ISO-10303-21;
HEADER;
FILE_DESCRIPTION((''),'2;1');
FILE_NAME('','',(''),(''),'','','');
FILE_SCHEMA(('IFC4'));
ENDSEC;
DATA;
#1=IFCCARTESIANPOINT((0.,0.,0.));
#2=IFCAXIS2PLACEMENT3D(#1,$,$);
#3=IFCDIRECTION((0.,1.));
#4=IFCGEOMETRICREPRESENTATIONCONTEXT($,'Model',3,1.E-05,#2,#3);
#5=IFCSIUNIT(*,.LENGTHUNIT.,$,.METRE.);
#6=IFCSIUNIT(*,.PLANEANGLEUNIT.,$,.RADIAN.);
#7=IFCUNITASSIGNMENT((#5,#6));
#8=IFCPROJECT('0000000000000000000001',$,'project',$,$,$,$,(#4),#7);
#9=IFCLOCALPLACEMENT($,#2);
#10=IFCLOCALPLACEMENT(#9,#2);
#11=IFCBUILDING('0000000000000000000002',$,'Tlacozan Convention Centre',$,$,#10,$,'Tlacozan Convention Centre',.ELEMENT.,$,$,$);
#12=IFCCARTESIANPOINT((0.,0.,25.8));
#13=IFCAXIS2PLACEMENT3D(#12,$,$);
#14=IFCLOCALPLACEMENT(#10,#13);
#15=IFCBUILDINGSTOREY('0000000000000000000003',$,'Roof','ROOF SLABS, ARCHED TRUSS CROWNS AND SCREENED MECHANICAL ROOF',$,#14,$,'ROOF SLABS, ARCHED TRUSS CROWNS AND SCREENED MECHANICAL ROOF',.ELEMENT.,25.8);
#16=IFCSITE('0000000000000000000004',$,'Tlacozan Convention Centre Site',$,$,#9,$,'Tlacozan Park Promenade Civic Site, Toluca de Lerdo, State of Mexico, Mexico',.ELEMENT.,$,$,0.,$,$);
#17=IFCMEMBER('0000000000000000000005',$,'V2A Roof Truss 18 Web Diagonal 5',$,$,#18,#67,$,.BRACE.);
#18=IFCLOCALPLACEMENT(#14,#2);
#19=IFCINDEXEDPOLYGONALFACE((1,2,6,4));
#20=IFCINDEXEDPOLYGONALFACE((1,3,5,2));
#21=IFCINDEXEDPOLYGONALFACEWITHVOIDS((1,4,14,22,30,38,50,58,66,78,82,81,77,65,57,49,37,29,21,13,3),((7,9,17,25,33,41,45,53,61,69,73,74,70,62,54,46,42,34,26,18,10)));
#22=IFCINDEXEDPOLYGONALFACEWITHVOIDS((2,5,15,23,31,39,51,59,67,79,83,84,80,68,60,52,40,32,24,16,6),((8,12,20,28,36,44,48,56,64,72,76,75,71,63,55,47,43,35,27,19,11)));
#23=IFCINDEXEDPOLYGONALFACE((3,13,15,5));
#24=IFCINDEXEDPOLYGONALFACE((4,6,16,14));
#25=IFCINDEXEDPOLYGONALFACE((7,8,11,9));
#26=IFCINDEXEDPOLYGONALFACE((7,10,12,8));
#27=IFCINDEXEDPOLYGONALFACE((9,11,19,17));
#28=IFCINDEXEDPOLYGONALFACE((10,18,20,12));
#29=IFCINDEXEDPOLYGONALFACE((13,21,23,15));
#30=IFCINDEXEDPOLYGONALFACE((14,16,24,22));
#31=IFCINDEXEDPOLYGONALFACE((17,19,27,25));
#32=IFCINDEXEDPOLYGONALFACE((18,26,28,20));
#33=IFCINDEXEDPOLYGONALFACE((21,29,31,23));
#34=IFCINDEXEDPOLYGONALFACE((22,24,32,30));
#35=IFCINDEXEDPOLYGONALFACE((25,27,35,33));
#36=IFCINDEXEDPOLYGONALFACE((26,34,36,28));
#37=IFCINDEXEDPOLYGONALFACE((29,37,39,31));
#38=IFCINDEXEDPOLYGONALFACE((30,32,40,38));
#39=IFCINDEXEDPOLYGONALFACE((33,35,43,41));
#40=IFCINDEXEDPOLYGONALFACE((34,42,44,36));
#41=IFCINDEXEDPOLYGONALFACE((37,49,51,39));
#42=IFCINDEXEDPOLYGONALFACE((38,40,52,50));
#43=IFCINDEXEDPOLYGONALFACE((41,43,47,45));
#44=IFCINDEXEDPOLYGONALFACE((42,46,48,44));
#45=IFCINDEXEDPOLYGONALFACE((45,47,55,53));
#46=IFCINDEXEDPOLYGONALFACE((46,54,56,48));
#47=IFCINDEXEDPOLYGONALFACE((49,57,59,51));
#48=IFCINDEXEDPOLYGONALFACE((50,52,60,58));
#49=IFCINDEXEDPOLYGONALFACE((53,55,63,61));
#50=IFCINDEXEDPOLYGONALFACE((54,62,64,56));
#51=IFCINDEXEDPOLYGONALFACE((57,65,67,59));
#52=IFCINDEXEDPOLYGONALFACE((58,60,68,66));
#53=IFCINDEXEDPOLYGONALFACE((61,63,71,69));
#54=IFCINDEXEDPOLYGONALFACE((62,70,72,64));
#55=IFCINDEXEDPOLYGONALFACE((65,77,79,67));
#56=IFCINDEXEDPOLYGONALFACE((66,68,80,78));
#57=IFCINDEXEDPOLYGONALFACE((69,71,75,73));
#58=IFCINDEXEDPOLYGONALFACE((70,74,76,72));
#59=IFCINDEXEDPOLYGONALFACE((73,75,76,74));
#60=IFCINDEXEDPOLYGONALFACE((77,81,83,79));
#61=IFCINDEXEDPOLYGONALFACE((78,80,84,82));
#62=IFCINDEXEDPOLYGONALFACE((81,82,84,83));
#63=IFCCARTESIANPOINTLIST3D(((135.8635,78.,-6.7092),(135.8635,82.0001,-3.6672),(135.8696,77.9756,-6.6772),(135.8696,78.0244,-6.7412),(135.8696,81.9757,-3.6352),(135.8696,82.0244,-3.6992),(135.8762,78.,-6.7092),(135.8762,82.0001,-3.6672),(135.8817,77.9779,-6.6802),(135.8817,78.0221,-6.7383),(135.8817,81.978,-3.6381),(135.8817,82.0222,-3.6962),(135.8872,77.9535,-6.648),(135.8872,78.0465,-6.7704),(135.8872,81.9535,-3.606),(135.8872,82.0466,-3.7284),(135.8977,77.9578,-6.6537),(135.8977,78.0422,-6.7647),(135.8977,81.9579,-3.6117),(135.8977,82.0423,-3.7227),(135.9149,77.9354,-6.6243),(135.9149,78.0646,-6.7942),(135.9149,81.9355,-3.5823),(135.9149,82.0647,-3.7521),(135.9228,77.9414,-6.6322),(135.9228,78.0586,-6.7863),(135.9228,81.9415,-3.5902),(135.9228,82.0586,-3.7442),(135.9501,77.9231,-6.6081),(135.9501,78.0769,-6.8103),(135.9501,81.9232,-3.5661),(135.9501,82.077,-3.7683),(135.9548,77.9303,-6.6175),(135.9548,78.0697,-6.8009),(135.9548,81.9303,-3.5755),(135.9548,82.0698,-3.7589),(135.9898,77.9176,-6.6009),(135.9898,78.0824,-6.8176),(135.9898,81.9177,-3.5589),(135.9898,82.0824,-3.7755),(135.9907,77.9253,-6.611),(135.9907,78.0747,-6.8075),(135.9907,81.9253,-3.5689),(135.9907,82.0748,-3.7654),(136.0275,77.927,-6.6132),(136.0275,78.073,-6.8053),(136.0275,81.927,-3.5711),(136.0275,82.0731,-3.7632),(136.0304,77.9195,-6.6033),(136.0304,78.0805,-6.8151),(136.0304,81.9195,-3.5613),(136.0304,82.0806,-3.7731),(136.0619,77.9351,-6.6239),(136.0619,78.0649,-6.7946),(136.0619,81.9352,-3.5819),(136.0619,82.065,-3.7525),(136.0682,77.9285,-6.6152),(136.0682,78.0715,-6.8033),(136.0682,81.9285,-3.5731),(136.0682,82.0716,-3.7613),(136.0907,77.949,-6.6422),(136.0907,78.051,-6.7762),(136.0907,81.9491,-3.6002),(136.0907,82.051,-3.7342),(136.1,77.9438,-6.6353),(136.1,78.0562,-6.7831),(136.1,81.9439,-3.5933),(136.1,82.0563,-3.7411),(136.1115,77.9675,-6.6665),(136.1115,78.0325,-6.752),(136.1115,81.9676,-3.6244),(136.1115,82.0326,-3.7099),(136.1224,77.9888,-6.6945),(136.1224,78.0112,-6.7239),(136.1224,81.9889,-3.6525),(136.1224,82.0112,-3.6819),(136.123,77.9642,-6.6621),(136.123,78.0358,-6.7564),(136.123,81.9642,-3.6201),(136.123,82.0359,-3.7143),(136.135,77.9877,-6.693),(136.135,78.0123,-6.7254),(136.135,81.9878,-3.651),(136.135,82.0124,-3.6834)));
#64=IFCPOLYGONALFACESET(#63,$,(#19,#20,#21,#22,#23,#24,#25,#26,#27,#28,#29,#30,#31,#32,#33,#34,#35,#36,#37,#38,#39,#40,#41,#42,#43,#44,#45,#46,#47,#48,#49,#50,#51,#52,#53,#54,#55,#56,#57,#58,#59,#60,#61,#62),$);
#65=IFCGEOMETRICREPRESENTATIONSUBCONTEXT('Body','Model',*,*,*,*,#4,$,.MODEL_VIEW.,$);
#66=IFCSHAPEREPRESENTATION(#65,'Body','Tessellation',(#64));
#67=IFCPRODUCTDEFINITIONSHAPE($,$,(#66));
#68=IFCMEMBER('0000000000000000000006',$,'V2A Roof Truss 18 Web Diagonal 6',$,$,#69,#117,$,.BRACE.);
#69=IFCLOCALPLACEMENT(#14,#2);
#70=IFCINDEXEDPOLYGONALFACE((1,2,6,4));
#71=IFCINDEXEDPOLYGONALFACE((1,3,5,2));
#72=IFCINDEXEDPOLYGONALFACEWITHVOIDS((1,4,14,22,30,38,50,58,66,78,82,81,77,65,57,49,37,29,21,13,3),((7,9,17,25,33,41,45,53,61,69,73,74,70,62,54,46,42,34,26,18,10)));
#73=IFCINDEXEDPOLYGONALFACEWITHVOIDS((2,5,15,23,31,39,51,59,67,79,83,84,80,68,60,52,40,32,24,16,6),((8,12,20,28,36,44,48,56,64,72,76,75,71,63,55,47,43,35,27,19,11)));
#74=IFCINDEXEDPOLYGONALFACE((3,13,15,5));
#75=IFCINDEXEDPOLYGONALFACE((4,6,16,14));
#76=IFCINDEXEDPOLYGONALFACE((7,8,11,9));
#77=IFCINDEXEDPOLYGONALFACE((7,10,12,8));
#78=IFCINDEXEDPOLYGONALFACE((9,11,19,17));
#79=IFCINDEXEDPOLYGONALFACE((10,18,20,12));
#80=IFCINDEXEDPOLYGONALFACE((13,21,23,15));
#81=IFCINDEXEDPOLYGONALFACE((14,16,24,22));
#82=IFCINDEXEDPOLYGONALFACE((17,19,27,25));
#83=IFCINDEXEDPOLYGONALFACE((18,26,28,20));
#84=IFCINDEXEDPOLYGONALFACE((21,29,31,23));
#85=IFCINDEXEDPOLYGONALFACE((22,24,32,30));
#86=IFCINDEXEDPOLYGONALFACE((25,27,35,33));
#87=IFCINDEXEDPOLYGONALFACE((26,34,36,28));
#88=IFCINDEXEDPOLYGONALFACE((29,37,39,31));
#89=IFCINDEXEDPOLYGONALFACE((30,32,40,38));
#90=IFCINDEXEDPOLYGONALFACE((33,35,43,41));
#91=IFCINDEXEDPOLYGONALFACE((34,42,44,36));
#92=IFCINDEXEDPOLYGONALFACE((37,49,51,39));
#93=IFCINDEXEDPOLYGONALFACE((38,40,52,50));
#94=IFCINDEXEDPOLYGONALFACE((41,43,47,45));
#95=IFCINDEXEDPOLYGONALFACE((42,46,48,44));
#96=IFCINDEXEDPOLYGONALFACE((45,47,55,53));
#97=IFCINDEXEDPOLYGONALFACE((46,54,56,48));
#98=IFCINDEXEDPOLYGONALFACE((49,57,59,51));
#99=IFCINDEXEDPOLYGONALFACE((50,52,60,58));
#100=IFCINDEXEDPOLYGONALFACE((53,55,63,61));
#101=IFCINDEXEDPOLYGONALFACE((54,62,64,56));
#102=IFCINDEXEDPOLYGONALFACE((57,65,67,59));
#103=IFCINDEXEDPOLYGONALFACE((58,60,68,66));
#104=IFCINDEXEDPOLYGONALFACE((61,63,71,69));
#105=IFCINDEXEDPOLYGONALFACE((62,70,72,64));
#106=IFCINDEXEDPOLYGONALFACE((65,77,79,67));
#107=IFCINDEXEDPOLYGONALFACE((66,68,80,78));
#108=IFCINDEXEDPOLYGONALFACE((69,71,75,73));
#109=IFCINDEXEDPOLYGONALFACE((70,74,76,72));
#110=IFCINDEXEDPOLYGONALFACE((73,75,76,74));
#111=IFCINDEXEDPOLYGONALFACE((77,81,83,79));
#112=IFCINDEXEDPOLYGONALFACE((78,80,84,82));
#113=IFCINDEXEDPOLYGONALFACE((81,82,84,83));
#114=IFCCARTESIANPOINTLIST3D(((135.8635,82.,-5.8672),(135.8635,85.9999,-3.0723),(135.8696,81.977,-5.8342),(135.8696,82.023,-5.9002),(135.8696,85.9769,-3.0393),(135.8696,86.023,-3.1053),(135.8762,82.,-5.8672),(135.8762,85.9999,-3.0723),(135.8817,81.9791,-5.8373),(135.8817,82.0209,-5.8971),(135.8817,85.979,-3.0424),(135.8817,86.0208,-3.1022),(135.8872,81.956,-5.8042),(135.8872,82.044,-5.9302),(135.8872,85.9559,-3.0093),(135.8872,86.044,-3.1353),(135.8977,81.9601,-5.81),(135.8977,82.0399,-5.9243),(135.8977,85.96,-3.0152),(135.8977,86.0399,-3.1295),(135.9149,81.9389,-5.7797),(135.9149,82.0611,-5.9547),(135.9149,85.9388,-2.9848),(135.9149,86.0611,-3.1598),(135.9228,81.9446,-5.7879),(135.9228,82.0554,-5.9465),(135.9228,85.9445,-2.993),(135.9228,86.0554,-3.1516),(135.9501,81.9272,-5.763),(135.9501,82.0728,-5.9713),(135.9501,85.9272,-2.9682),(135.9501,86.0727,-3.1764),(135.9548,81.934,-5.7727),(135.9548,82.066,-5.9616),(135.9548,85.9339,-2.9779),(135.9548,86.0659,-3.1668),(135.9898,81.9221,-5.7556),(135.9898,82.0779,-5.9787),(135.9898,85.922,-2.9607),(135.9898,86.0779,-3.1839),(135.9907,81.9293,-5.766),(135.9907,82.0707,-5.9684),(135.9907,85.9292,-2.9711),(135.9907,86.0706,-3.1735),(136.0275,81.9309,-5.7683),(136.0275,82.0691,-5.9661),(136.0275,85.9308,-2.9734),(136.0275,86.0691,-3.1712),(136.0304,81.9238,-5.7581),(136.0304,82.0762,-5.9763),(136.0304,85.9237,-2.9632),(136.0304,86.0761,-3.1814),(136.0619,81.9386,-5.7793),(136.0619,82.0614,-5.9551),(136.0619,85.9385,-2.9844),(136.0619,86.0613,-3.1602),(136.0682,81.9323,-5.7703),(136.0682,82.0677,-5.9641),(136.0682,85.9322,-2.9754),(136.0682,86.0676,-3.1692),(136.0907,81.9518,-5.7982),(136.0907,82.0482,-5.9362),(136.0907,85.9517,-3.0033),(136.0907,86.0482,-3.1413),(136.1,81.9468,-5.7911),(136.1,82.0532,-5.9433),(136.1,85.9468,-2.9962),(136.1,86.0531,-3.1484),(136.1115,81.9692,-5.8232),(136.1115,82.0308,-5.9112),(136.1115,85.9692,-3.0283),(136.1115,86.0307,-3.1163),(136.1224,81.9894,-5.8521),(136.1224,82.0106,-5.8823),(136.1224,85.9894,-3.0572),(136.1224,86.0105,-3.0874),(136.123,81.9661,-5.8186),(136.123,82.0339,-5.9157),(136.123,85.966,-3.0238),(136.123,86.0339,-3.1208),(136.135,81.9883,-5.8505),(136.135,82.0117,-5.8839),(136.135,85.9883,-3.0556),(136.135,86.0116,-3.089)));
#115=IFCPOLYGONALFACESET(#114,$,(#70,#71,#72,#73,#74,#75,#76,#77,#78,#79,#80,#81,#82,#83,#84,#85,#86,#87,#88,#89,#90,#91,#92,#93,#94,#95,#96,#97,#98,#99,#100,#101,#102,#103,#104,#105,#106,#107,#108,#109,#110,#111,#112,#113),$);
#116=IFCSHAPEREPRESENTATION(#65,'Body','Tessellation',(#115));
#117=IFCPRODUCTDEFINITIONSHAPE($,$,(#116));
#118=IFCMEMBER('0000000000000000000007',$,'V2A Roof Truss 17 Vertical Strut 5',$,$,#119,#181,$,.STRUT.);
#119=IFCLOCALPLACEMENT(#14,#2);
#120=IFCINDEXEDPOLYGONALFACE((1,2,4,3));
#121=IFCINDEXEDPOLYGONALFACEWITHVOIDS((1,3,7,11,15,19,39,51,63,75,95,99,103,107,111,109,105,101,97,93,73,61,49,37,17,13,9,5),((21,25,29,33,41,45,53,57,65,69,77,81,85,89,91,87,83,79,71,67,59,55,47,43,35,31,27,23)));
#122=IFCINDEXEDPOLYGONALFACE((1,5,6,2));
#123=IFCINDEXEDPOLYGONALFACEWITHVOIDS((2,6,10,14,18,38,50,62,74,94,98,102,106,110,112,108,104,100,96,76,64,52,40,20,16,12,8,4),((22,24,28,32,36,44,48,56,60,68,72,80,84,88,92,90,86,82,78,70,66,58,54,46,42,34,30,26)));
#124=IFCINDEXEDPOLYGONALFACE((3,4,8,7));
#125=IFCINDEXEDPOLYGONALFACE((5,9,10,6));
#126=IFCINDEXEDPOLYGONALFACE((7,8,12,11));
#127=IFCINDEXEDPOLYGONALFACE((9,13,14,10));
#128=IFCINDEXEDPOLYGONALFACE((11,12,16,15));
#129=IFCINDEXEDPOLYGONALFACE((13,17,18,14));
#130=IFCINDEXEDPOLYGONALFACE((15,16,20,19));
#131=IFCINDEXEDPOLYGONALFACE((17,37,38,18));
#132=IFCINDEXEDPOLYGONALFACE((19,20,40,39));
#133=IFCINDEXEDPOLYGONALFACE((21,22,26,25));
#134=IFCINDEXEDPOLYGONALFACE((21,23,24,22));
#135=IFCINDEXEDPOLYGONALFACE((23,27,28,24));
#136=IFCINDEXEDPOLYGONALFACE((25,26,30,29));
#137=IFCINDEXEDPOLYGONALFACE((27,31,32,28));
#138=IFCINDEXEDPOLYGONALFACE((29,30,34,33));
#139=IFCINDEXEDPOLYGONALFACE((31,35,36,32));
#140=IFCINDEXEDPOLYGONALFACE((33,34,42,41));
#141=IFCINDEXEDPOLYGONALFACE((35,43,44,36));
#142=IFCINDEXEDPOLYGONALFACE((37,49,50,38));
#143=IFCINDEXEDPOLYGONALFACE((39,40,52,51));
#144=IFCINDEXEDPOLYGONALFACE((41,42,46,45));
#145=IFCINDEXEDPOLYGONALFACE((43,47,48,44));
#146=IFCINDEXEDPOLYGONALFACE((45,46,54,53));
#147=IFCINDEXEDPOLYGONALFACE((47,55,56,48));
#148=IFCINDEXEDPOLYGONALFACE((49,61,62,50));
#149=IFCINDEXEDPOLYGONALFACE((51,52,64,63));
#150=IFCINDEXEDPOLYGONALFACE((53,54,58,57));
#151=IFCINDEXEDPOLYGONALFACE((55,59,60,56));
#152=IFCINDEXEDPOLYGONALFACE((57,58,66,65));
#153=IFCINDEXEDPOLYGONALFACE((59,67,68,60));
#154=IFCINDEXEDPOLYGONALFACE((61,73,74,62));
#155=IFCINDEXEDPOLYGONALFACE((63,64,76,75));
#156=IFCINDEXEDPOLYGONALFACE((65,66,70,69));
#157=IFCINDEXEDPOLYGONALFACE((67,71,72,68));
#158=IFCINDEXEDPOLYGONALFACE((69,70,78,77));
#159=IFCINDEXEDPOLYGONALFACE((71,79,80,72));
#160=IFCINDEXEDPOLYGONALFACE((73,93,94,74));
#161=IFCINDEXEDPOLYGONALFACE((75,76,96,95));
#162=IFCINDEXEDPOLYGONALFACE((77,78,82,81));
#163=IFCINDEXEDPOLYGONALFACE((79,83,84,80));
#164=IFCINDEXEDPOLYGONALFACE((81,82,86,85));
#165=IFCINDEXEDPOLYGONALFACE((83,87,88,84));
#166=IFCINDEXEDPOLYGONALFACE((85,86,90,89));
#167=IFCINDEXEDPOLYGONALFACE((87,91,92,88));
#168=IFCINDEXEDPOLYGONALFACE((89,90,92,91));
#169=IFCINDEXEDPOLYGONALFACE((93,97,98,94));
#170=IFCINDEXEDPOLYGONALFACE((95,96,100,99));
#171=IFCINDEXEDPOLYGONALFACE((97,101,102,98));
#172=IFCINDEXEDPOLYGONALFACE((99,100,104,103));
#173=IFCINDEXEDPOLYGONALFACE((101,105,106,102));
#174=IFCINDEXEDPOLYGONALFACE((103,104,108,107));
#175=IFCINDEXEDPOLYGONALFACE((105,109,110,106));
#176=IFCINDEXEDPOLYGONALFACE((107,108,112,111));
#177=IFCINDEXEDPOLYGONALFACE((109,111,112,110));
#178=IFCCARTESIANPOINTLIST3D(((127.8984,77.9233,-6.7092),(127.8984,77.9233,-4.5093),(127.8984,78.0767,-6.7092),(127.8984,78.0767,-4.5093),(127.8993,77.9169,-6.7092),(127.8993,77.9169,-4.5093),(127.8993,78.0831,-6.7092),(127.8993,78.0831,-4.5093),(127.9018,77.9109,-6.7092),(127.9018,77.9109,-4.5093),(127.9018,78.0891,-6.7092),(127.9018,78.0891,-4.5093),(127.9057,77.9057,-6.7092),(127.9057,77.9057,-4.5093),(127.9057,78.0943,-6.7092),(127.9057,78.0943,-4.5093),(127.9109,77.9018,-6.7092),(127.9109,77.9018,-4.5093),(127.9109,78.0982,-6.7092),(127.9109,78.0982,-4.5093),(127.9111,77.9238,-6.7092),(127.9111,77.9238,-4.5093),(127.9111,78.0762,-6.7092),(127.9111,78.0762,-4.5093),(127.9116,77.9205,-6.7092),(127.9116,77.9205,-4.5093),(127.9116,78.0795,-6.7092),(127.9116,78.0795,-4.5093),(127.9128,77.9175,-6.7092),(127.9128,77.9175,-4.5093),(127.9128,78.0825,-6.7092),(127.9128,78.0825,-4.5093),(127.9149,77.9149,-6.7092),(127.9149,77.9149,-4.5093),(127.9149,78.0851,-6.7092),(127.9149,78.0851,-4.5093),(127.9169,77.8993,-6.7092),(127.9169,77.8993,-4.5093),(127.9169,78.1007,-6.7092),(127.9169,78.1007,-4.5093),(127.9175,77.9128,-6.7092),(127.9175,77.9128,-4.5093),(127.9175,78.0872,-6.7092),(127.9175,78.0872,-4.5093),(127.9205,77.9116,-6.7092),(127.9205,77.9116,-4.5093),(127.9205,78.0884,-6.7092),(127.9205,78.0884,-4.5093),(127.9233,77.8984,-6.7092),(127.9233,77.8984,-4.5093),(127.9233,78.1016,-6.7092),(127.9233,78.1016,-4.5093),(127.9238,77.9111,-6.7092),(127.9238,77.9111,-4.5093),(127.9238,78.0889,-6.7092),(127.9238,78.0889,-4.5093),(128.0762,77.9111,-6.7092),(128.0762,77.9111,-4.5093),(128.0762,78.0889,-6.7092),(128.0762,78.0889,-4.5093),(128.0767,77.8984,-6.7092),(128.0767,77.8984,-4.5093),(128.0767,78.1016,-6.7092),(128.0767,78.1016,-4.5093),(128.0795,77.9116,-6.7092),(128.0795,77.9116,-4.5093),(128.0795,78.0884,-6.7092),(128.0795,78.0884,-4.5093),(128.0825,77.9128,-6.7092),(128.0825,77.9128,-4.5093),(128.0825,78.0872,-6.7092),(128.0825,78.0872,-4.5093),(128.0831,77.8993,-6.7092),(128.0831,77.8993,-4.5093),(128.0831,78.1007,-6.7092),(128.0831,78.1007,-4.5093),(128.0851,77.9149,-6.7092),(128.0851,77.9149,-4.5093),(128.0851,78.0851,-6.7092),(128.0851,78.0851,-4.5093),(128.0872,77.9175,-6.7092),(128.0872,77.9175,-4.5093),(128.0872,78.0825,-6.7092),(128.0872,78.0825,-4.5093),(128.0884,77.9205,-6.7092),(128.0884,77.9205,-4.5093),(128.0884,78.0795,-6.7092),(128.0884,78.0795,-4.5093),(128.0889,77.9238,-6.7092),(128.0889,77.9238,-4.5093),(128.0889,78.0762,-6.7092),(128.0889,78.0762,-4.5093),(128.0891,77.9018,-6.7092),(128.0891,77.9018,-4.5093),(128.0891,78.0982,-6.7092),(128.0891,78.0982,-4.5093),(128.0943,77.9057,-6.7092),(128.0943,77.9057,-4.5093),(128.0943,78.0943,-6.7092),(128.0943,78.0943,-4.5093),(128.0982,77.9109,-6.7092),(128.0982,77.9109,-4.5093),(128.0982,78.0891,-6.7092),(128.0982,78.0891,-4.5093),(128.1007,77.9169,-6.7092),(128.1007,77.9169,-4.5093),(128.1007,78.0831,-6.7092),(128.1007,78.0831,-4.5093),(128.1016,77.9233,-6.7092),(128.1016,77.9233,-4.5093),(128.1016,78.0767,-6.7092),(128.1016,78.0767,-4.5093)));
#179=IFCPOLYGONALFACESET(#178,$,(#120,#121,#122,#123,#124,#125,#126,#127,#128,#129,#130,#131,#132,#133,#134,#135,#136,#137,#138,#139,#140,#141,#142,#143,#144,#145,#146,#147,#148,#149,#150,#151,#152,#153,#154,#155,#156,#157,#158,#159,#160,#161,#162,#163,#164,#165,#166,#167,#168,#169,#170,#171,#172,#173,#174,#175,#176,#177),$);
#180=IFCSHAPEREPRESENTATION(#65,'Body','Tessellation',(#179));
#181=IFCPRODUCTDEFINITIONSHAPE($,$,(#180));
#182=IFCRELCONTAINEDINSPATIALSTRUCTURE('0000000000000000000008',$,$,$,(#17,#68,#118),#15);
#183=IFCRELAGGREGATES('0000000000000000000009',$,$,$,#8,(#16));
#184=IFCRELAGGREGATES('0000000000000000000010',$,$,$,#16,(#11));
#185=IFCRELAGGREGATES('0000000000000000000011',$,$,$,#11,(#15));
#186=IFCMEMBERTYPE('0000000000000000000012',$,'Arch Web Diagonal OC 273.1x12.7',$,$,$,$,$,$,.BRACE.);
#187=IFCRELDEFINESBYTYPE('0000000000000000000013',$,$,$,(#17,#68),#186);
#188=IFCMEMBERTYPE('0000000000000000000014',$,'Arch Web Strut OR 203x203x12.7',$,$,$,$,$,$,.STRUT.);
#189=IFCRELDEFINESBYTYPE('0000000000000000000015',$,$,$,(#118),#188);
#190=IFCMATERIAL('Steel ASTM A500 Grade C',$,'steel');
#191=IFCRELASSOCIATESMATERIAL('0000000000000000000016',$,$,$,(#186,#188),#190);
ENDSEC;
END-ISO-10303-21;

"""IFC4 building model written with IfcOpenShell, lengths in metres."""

from ifc_helpers import new_model, si_unit, direction, frame, origin, origin_2d, place, context, subcontext, project, spatial, hollow_rectangle, hollow_circle, extrude, material, material_profile, profile_set, type_object, element, save


model = new_model("IFC4")

# Units and contexts
model_context = context("Model", 3, precision=1e-05, world=origin(), true_north=direction((0.0, 1.0)))
body_context = subcontext(model_context, "Body", "Model", "MODEL_VIEW")
ifc_project = project(units=[si_unit("LENGTHUNIT", "METRE"), si_unit("PLANEANGLEUNIT", "RADIAN")], contexts=[model_context])

# Site, building, storey
site_placement = place(None, origin())
site = spatial("IfcSite", under=ifc_project, at=site_placement, Name="Tlacozan Convention Centre Site", LongName="Tlacozan Park Promenade Civic Site, Toluca de Lerdo, State of Mexico, Mexico", CompositionType="ELEMENT", RefElevation=0.0)
building_placement = place(site_placement, origin())
building = spatial("IfcBuilding", under=site, at=building_placement, Name="Tlacozan Convention Centre", LongName="Tlacozan Convention Centre", CompositionType="ELEMENT")
storey_placement = place(building_placement, frame((0.0, 0.0, 25.8)))
storey = spatial("IfcBuildingStorey", under=building, at=storey_placement, Name="Roof", Description="ROOF SLABS, ARCHED TRUSS CROWNS AND SCREENED MECHANICAL ROOF", LongName="ROOF SLABS, ARCHED TRUSS CROWNS AND SCREENED MECHANICAL ROOF", CompositionType="ELEMENT", Elevation=25.8)

# Members
ifc_material_1 = material(Name="Steel ASTM A500 Grade C", Category="steel")
ifc_material_profile_1 = material_profile(ifc_material_1, hollow_circle(Radius=0.1365, WallThickness=0.0127, at=origin_2d()), Name="OC 273.1x12.7")
ifc_profile_set_1 = profile_set([ifc_material_profile_1], Name="Steel ASTM A500 Grade C")
member_type_1 = type_object("IfcMemberType", Name="Arch Web Diagonal OC 273.1x12.7", PredefinedType="BRACE", material=ifc_profile_set_1)
member_1_placement = place(storey_placement, frame((136.0, 78.0, -6.7092), z_axis=(0.0, 0.795971, 0.605335), x_axis=(-1.0, 0.0, 0.0)))
element("IfcMember", 1, at=member_1_placement, inside=storey, type_object=member_type_1, Name="V2A Roof Truss 18 Web Diagonal 5", PredefinedType="BRACE", context=body_context, shape_type="SweptSolid", body=[
    extrude(hollow_circle(Radius=0.1365, WallThickness=0.0127, at=origin_2d()), origin(), (0.0, 0.0, 1.0), 5.0254),
])
member_2_placement = place(storey_placement, frame((136.0, 82.0, -5.8672), z_axis=(0.0, 0.819721, 0.572764), x_axis=(-1.0, 0.0, 0.0)))
element("IfcMember", 2, at=member_2_placement, inside=storey, type_object=member_type_1, Name="V2A Roof Truss 18 Web Diagonal 6", PredefinedType="BRACE", context=body_context, shape_type="SweptSolid", body=[
    extrude(hollow_circle(Radius=0.1365, WallThickness=0.0127, at=origin_2d()), origin(), (0.0, 0.0, 1.0), 4.8796),
])
ifc_material_profile_2 = material_profile(ifc_material_1, hollow_rectangle(XDim=0.2031, YDim=0.2031, WallThickness=0.0127, InnerFilletRadius=0.0127, OuterFilletRadius=0.0249, at=origin_2d()), Name="OR 203x203x12.7")
ifc_profile_set_2 = profile_set([ifc_material_profile_2], Name="Steel ASTM A500 Grade C")
member_type_2 = type_object("IfcMemberType", Name="Arch Web Strut OR 203x203x12.7", PredefinedType="STRUT", material=ifc_profile_set_2)
for number, where, z_axis, x_axis, name in (
    (3, (128.0, 78.0, -6.7092), (0.0, 0.0, 1.0), (1.0, 0.0, 0.0), "V2A Roof Truss 17 Vertical Strut 5"),
):
    element("IfcMember", number, at=place(storey_placement, frame(where, z_axis=z_axis, x_axis=x_axis)), inside=storey, type_object=member_type_2, Name=name, PredefinedType="STRUT", context=body_context, shape_type="SweptSolid", body=[
        extrude(hollow_rectangle(XDim=0.2031, YDim=0.2031, WallThickness=0.0127, InnerFilletRadius=0.0127, OuterFilletRadius=0.0249, at=origin_2d()), origin(), (0.0, 0.0, 1.0), 2.2),
    ])

save(model, "model.ifc")
